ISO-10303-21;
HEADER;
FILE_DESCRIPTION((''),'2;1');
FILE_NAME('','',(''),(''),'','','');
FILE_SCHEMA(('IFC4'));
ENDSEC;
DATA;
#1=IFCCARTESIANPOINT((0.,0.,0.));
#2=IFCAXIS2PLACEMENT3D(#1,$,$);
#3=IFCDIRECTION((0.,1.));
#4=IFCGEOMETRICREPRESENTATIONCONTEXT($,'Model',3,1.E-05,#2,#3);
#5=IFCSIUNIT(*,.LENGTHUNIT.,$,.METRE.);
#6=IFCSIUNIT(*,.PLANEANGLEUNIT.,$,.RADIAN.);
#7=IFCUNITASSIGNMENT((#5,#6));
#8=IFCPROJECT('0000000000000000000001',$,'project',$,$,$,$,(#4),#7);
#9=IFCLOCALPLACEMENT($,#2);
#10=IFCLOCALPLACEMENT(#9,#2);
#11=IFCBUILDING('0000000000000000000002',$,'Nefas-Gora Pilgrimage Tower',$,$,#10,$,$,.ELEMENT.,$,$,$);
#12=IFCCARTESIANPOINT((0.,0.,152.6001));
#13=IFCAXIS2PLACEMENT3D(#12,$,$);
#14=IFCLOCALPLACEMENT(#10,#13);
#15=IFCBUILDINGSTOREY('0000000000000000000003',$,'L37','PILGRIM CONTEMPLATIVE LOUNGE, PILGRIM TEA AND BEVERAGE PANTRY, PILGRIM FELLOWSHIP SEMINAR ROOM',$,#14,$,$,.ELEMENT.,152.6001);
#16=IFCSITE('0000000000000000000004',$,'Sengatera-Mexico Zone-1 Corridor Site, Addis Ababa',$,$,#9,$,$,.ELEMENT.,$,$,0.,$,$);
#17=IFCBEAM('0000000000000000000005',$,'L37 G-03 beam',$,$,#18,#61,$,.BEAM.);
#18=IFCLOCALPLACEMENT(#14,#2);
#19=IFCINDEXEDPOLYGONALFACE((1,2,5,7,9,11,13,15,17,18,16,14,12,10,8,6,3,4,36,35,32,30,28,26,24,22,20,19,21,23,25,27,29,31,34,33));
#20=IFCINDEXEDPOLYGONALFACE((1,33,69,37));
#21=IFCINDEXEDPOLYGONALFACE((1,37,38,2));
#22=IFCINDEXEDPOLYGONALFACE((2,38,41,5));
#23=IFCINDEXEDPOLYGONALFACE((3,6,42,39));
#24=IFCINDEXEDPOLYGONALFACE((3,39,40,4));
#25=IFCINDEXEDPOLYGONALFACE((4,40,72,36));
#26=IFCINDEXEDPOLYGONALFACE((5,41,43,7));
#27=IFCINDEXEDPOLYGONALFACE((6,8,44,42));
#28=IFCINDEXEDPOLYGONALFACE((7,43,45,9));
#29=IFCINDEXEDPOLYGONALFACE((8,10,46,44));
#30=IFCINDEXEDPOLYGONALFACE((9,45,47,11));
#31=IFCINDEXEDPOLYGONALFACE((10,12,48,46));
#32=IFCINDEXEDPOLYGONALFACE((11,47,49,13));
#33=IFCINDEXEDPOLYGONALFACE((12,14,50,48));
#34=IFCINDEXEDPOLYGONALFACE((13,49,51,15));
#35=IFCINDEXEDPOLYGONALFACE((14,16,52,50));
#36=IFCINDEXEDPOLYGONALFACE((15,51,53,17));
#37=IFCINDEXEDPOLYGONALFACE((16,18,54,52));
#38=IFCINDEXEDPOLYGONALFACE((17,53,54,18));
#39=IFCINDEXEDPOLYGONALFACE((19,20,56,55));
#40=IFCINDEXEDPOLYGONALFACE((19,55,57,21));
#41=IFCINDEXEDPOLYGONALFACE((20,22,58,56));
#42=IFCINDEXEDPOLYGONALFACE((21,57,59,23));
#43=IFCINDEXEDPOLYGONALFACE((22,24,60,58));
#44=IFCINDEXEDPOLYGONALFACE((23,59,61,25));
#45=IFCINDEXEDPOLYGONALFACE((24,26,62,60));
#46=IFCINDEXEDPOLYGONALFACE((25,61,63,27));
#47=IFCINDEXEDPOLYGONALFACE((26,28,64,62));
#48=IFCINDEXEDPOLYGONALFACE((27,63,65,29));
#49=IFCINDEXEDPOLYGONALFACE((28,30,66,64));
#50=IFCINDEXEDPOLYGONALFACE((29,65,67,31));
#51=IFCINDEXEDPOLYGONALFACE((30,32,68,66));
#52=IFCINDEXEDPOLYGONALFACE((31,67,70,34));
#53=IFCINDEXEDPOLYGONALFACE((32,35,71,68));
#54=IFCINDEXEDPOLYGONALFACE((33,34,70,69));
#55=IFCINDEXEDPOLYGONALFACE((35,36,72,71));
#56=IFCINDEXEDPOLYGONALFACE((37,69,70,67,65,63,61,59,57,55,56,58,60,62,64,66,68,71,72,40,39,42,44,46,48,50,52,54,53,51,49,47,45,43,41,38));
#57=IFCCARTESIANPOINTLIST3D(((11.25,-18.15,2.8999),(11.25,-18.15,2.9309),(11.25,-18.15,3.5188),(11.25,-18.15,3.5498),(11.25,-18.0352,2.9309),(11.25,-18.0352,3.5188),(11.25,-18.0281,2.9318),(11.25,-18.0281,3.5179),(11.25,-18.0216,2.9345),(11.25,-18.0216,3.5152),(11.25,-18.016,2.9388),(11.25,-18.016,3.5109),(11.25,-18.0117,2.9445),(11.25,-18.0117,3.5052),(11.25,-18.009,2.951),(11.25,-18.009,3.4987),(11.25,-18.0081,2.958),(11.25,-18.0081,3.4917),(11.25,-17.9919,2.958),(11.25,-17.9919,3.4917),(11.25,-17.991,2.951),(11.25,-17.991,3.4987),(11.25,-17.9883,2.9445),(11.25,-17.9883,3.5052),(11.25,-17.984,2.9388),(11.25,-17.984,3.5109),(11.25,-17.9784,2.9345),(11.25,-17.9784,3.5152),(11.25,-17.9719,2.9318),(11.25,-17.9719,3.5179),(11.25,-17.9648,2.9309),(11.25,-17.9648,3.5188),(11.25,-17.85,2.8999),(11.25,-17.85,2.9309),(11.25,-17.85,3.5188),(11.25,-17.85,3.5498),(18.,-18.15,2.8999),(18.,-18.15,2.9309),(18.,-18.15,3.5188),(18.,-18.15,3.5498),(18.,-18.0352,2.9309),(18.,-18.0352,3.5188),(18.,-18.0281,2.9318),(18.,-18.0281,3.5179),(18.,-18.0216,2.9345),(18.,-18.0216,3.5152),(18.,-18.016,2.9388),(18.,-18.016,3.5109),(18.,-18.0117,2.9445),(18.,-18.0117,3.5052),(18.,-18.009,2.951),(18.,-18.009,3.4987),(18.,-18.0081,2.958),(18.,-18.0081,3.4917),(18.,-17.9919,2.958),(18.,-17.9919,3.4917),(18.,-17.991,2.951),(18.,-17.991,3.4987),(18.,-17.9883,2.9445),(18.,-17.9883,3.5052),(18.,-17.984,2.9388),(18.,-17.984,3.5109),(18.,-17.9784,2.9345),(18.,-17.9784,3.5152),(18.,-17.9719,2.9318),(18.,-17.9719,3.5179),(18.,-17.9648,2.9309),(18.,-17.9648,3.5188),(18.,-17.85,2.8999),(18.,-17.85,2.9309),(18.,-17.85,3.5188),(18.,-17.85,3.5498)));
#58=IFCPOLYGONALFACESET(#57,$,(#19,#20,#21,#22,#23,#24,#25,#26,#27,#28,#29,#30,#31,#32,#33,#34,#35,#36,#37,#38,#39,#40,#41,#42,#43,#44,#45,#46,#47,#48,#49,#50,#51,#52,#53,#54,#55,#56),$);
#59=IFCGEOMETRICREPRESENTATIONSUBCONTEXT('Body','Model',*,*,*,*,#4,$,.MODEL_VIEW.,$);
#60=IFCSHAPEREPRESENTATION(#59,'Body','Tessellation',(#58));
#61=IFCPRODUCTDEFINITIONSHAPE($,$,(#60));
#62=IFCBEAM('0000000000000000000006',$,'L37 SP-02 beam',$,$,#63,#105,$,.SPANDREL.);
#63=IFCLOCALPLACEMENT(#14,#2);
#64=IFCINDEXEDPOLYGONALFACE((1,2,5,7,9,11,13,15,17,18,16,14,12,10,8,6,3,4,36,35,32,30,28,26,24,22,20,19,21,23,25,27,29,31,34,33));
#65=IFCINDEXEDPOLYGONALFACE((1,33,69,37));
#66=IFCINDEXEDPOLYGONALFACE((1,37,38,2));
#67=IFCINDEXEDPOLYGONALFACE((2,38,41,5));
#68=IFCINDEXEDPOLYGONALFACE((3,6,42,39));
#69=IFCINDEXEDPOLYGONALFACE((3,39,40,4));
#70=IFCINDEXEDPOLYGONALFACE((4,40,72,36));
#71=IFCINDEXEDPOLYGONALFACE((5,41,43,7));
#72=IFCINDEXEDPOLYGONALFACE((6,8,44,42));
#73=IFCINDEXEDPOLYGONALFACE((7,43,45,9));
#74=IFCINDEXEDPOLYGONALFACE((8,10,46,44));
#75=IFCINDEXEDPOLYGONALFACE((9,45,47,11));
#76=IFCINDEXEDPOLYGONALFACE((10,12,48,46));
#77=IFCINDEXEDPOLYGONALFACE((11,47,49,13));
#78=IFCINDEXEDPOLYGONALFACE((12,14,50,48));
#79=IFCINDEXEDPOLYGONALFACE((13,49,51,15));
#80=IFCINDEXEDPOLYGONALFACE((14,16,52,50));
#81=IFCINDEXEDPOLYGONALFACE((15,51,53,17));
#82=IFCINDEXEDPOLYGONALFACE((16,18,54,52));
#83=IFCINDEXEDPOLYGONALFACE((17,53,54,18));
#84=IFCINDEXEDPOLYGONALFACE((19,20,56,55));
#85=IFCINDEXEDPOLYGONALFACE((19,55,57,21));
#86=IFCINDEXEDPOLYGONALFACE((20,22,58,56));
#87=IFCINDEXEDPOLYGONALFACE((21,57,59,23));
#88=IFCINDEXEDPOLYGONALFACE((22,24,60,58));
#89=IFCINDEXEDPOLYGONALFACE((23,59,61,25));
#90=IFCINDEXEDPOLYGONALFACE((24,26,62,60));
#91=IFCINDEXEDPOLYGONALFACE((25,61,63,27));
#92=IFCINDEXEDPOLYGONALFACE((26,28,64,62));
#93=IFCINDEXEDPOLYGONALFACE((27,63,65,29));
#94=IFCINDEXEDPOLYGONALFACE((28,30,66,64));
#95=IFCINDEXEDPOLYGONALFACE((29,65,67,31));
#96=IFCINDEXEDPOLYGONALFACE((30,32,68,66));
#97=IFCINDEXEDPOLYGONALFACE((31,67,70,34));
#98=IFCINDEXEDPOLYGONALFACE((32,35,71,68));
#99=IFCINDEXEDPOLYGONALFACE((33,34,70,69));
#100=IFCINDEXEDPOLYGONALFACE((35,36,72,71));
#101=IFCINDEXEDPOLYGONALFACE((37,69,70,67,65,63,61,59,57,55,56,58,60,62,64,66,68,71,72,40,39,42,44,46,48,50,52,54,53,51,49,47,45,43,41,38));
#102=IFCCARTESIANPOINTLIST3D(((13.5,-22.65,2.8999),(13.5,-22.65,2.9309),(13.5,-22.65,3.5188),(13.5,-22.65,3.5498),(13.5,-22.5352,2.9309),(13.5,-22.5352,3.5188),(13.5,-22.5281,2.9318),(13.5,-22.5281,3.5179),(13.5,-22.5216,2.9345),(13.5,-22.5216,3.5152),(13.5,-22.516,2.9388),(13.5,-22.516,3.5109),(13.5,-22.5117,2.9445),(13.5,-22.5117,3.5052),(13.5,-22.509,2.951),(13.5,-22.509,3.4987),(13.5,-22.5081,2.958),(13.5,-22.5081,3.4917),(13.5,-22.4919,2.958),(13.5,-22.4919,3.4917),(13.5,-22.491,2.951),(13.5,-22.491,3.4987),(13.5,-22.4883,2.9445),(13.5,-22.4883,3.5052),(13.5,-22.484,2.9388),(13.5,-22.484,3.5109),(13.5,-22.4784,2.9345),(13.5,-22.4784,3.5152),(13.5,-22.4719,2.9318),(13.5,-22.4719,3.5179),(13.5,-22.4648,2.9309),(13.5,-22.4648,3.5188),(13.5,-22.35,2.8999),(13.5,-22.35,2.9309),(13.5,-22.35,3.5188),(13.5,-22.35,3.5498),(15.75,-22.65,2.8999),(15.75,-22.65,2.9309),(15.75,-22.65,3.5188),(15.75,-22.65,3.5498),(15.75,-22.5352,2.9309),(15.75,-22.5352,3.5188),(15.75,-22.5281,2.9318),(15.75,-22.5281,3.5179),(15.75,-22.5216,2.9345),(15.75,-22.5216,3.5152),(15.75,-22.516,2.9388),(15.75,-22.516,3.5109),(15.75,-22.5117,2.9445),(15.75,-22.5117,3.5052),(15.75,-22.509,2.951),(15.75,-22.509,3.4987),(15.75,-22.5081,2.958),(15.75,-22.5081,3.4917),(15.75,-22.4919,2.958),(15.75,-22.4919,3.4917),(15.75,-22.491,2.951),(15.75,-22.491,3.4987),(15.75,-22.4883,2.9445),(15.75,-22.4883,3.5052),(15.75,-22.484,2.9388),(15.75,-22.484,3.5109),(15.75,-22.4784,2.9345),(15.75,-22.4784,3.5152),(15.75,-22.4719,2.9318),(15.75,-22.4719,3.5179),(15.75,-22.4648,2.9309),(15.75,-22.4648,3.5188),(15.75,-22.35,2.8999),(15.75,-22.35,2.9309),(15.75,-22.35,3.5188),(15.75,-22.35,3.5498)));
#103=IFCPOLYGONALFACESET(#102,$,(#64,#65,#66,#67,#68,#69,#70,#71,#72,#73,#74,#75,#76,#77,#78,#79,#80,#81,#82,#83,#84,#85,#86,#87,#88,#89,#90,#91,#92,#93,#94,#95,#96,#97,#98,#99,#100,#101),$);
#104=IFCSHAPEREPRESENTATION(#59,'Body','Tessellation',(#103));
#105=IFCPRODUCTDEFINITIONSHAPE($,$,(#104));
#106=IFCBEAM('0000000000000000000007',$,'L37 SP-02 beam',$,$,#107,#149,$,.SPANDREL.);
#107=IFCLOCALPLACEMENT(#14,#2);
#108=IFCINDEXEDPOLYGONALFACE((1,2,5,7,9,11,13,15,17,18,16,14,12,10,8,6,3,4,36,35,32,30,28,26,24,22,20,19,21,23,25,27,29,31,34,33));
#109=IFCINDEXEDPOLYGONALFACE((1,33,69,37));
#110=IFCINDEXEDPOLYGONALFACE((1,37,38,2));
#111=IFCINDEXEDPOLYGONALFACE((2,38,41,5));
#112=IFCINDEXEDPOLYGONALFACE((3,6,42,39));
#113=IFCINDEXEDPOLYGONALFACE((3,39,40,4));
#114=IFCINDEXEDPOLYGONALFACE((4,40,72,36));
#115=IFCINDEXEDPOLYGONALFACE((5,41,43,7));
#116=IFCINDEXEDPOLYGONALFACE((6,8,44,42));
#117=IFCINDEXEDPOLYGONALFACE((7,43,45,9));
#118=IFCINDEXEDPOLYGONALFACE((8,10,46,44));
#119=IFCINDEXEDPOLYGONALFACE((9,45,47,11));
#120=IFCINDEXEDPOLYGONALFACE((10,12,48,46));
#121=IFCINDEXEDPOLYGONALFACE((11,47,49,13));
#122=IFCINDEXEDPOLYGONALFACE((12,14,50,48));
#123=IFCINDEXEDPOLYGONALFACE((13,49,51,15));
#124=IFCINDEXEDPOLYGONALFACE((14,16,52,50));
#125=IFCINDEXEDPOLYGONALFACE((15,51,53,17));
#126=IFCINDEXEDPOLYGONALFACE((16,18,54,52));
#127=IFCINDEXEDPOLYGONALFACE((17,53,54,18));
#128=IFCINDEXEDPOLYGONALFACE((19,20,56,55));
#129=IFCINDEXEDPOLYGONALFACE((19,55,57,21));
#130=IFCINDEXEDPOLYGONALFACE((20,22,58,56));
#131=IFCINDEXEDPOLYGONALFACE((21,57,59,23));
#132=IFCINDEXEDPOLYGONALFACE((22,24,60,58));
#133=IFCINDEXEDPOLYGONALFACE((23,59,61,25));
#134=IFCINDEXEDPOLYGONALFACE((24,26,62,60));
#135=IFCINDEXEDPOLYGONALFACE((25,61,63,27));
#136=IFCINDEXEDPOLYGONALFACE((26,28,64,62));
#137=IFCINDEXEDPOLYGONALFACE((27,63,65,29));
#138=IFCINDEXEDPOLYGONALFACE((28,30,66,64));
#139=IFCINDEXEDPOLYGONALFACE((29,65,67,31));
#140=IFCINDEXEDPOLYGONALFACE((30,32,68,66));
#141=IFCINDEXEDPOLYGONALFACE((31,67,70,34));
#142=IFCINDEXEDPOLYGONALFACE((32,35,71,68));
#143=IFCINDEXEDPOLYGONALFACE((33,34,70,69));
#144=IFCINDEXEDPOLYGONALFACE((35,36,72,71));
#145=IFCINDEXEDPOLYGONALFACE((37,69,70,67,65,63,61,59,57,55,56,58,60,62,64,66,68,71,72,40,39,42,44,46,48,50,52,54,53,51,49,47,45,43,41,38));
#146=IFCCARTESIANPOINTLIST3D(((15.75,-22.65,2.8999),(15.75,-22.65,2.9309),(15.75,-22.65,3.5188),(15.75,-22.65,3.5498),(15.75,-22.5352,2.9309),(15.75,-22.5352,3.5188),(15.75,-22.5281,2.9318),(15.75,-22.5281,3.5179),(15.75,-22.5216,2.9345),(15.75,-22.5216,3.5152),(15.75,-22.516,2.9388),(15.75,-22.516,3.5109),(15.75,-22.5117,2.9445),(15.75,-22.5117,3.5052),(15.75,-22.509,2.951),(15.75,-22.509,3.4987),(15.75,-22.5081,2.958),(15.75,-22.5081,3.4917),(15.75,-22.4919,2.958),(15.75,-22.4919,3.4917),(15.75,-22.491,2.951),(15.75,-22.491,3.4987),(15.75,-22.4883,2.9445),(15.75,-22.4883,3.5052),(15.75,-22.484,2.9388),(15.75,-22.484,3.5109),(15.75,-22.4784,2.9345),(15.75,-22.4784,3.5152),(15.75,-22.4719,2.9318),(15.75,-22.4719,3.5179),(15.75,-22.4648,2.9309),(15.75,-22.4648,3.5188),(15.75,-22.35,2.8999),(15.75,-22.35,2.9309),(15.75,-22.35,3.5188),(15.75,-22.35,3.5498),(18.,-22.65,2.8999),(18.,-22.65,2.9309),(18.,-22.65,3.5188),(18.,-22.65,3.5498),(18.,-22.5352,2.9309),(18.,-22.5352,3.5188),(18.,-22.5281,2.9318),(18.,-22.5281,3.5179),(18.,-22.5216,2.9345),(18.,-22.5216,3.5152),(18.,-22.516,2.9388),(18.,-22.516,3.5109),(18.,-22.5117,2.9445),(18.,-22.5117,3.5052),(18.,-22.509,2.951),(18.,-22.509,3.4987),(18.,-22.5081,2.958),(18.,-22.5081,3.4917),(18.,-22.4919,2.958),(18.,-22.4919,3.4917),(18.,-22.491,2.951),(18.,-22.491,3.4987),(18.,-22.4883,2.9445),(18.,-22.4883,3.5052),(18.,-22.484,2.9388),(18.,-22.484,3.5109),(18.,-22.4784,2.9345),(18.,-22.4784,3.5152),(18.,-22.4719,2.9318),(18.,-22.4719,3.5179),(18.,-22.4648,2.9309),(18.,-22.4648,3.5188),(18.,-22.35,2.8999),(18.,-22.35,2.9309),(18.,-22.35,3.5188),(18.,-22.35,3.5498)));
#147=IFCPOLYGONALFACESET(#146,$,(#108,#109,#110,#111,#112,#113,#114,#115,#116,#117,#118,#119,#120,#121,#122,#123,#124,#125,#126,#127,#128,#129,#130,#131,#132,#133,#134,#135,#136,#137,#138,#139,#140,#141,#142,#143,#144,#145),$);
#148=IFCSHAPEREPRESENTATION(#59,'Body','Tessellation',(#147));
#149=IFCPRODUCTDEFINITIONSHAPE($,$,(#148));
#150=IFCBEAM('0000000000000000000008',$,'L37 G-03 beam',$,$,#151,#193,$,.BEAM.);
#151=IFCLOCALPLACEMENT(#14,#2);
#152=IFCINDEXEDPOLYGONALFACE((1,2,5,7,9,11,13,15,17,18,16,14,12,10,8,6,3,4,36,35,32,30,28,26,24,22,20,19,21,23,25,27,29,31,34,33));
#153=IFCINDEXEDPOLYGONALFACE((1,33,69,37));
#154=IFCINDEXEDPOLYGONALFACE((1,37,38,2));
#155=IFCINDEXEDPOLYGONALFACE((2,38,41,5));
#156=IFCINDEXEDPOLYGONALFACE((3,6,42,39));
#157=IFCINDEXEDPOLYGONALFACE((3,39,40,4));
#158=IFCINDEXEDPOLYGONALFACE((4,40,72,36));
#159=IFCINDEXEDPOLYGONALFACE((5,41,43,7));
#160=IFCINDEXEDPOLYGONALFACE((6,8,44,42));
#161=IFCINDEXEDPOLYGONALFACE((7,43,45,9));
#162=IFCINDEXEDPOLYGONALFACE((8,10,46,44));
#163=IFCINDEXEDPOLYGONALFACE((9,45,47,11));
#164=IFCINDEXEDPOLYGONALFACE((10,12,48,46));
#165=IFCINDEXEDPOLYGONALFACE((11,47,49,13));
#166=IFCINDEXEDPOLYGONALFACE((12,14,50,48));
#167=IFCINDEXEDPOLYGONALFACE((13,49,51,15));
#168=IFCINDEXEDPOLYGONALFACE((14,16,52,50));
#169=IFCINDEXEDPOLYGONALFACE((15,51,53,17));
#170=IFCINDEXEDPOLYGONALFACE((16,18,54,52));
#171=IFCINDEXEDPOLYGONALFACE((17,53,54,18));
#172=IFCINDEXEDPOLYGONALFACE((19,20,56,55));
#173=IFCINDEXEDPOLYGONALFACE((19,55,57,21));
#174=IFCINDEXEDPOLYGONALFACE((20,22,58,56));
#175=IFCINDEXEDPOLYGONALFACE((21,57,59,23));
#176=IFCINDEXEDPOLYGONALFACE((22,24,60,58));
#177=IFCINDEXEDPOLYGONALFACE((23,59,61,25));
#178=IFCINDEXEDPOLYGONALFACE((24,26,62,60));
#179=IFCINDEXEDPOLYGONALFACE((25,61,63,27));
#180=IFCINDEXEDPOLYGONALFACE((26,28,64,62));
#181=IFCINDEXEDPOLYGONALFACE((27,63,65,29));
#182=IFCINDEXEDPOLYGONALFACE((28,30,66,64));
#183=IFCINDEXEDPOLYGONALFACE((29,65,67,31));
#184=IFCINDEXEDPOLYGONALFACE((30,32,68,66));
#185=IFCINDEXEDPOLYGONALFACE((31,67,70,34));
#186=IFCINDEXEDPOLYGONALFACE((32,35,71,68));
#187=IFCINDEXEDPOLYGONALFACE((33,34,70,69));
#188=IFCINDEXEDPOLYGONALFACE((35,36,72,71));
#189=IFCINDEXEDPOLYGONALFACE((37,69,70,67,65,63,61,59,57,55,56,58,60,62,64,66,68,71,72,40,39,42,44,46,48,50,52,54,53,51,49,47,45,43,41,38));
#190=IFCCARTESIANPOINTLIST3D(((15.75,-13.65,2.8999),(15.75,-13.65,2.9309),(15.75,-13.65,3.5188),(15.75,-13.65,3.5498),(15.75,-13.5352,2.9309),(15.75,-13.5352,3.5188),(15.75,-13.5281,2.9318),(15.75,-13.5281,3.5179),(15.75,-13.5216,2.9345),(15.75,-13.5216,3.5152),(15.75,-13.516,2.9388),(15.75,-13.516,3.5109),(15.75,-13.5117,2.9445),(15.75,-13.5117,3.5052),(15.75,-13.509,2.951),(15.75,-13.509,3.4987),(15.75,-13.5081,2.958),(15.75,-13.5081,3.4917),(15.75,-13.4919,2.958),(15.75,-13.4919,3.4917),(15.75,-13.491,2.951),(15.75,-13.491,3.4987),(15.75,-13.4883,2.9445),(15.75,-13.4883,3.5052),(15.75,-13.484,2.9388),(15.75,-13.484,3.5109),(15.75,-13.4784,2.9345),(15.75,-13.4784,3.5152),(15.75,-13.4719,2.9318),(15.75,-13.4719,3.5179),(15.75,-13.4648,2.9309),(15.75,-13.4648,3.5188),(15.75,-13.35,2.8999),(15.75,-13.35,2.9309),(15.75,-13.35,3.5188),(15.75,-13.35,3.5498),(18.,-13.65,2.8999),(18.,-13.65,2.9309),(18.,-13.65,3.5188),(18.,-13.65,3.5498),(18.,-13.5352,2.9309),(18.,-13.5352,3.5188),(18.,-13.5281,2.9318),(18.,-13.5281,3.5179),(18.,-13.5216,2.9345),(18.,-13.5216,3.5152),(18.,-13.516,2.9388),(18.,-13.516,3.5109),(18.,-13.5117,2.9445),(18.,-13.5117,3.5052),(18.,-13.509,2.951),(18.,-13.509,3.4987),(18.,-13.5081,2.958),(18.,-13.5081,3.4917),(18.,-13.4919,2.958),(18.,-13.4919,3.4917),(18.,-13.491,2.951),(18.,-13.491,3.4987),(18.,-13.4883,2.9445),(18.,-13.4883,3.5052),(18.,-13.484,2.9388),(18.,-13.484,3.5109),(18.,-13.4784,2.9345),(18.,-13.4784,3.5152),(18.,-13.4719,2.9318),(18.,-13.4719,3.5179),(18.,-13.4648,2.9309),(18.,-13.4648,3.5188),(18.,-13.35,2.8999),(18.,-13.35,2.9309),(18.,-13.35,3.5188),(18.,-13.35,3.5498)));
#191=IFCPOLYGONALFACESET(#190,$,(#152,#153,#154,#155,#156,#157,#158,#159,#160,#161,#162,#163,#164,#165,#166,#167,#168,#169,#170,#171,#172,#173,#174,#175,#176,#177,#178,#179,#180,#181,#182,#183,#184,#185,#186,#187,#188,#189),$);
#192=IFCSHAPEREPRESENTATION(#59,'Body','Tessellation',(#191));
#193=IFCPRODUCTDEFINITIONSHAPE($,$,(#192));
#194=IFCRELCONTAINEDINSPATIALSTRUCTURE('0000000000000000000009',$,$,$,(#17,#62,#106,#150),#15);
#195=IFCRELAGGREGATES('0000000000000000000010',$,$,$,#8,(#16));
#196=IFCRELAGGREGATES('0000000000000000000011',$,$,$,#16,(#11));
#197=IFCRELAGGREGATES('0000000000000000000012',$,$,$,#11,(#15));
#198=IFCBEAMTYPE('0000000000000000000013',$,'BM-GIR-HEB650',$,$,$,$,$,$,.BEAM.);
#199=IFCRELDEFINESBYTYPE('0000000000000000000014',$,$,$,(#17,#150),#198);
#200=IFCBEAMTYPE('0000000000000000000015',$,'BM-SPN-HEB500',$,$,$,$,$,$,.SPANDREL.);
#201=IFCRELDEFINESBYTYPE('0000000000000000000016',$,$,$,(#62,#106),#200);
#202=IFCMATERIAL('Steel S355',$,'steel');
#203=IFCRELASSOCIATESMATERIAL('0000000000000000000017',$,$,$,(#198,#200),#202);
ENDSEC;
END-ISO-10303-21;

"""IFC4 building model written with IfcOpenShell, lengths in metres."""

from ifc_helpers import new_model, si_unit, direction, frame, origin, origin_2d, place, context, subcontext, project, spatial, i_section, extrude, source, transform, mapped, material, material_profile, profile_set, type_object, element, save


model = new_model("IFC4")

# Units and contexts
model_context = context("Model", 3, precision=1e-05, world=origin(), true_north=direction((0.0, 1.0)))
body_context = subcontext(model_context, "Body", "Model", "MODEL_VIEW")
ifc_project = project(units=[si_unit("LENGTHUNIT", "METRE"), si_unit("PLANEANGLEUNIT", "RADIAN")], contexts=[model_context])

# Site, building, storey
site_placement = place(None, origin())
site = spatial("IfcSite", under=ifc_project, at=site_placement, Name="Sengatera-Mexico Zone-1 Corridor Site, Addis Ababa", CompositionType="ELEMENT", RefElevation=0.0)
building_placement = place(site_placement, origin())
building = spatial("IfcBuilding", under=site, at=building_placement, Name="Nefas-Gora Pilgrimage Tower", CompositionType="ELEMENT")
storey_placement = place(building_placement, frame((0.0, 0.0, 152.6001)))
storey = spatial("IfcBuildingStorey", under=building, at=storey_placement, Name="L37", Description="PILGRIM CONTEMPLATIVE LOUNGE, PILGRIM TEA AND BEVERAGE PANTRY, PILGRIM FELLOWSHIP SEMINAR ROOM", CompositionType="ELEMENT", Elevation=152.6001)

# Beams
ifc_material_1 = material(Name="Steel S355", Category="steel")
ifc_material_profile_1 = material_profile(ifc_material_1, i_section(OverallWidth=0.3, OverallDepth=0.6499, WebThickness=0.0161, FlangeThickness=0.031, FilletRadius=0.0271, at=origin_2d()), Name="HEB 650")
ifc_profile_set_1 = profile_set([ifc_material_profile_1], Name="Steel S355")
beam_type_1 = type_object("IfcBeamType", Name="BM-GIR-HEB650", PredefinedType="BEAM", material=ifc_profile_set_1)
shared_shape_1 = source(origin(), body_context, "Body", "SweptSolid", [
    extrude(i_section(OverallWidth=0.3, OverallDepth=0.6499, WebThickness=0.0161, FlangeThickness=0.031, FilletRadius=0.0271, at=origin_2d()), origin(), (0.0, 0.0, 1.0), 6.75),
])
beam_1_placement = place(storey_placement, frame((11.25, -18.0, 3.2249), z_axis=(1.0, 0.0, 0.0), x_axis=(0.0, 1.0, 0.0)))
element("IfcBeam", 1, at=beam_1_placement, inside=storey, type_object=beam_type_1, Name="L37 G-03 beam", PredefinedType="BEAM", context=body_context, shape_type="MappedRepresentation", body=[
    mapped(shared_shape_1, transform((0.0, 0.0, 0.0), x_axis=(1.0, 0.0, 0.0), y_axis=(0.0, 1.0, 0.0), z_axis=(0.0, 0.0, 1.0), scale=1.0)),
])
ifc_material_profile_2 = material_profile(ifc_material_1, i_section(OverallWidth=0.3, OverallDepth=0.6499, WebThickness=0.0161, FlangeThickness=0.031, FilletRadius=0.0271, at=origin_2d()), Name="HEB 650")
ifc_profile_set_2 = profile_set([ifc_material_profile_2], Name="Steel S355")
beam_type_2 = type_object("IfcBeamType", Name="BM-SPN-HEB500", PredefinedType="SPANDREL", material=ifc_profile_set_2)
shared_shape_2 = source(origin(), body_context, "Body", "SweptSolid", [
    extrude(i_section(OverallWidth=0.3, OverallDepth=0.6499, WebThickness=0.0161, FlangeThickness=0.031, FilletRadius=0.0271, at=origin_2d()), origin(), (0.0, 0.0, 1.0), 2.25),
])
for number, where, z_axis, x_axis, name in (
    (2, (13.5, -22.5, 3.2249), (1.0, 0.0, 0.0), (0.0, 1.0, 0.0), "L37 SP-02 beam"),
    (3, (15.75, -22.5, 3.2249), (1.0, 0.0, 0.0), (0.0, 1.0, 0.0), "L37 SP-02 beam"),
):
    element("IfcBeam", number, at=place(storey_placement, frame(where, z_axis=z_axis, x_axis=x_axis)), inside=storey, type_object=beam_type_2, Name=name, PredefinedType="SPANDREL", context=body_context, shape_type="MappedRepresentation", body=[
        mapped(shared_shape_2, transform((0.0, 0.0, 0.0), x_axis=(1.0, 0.0, 0.0), y_axis=(0.0, 1.0, 0.0), z_axis=(0.0, 0.0, 1.0), scale=1.0)),
    ])
shared_shape_3 = source(origin(), body_context, "Body", "SweptSolid", [
    extrude(i_section(OverallWidth=0.3, OverallDepth=0.6499, WebThickness=0.0161, FlangeThickness=0.031, FilletRadius=0.0271, at=origin_2d()), origin(), (0.0, 0.0, 1.0), 2.25),
])
beam_2_placement = place(storey_placement, frame((15.75, -13.5, 3.2249), z_axis=(1.0, 0.0, 0.0), x_axis=(0.0, 1.0, 0.0)))
element("IfcBeam", 4, at=beam_2_placement, inside=storey, type_object=beam_type_1, Name="L37 G-03 beam", PredefinedType="BEAM", context=body_context, shape_type="MappedRepresentation", body=[
    mapped(shared_shape_3, transform((0.0, 0.0, 0.0), x_axis=(1.0, 0.0, 0.0), y_axis=(0.0, 1.0, 0.0), z_axis=(0.0, 0.0, 1.0), scale=1.0)),
])

save(model, "model.ifc")
